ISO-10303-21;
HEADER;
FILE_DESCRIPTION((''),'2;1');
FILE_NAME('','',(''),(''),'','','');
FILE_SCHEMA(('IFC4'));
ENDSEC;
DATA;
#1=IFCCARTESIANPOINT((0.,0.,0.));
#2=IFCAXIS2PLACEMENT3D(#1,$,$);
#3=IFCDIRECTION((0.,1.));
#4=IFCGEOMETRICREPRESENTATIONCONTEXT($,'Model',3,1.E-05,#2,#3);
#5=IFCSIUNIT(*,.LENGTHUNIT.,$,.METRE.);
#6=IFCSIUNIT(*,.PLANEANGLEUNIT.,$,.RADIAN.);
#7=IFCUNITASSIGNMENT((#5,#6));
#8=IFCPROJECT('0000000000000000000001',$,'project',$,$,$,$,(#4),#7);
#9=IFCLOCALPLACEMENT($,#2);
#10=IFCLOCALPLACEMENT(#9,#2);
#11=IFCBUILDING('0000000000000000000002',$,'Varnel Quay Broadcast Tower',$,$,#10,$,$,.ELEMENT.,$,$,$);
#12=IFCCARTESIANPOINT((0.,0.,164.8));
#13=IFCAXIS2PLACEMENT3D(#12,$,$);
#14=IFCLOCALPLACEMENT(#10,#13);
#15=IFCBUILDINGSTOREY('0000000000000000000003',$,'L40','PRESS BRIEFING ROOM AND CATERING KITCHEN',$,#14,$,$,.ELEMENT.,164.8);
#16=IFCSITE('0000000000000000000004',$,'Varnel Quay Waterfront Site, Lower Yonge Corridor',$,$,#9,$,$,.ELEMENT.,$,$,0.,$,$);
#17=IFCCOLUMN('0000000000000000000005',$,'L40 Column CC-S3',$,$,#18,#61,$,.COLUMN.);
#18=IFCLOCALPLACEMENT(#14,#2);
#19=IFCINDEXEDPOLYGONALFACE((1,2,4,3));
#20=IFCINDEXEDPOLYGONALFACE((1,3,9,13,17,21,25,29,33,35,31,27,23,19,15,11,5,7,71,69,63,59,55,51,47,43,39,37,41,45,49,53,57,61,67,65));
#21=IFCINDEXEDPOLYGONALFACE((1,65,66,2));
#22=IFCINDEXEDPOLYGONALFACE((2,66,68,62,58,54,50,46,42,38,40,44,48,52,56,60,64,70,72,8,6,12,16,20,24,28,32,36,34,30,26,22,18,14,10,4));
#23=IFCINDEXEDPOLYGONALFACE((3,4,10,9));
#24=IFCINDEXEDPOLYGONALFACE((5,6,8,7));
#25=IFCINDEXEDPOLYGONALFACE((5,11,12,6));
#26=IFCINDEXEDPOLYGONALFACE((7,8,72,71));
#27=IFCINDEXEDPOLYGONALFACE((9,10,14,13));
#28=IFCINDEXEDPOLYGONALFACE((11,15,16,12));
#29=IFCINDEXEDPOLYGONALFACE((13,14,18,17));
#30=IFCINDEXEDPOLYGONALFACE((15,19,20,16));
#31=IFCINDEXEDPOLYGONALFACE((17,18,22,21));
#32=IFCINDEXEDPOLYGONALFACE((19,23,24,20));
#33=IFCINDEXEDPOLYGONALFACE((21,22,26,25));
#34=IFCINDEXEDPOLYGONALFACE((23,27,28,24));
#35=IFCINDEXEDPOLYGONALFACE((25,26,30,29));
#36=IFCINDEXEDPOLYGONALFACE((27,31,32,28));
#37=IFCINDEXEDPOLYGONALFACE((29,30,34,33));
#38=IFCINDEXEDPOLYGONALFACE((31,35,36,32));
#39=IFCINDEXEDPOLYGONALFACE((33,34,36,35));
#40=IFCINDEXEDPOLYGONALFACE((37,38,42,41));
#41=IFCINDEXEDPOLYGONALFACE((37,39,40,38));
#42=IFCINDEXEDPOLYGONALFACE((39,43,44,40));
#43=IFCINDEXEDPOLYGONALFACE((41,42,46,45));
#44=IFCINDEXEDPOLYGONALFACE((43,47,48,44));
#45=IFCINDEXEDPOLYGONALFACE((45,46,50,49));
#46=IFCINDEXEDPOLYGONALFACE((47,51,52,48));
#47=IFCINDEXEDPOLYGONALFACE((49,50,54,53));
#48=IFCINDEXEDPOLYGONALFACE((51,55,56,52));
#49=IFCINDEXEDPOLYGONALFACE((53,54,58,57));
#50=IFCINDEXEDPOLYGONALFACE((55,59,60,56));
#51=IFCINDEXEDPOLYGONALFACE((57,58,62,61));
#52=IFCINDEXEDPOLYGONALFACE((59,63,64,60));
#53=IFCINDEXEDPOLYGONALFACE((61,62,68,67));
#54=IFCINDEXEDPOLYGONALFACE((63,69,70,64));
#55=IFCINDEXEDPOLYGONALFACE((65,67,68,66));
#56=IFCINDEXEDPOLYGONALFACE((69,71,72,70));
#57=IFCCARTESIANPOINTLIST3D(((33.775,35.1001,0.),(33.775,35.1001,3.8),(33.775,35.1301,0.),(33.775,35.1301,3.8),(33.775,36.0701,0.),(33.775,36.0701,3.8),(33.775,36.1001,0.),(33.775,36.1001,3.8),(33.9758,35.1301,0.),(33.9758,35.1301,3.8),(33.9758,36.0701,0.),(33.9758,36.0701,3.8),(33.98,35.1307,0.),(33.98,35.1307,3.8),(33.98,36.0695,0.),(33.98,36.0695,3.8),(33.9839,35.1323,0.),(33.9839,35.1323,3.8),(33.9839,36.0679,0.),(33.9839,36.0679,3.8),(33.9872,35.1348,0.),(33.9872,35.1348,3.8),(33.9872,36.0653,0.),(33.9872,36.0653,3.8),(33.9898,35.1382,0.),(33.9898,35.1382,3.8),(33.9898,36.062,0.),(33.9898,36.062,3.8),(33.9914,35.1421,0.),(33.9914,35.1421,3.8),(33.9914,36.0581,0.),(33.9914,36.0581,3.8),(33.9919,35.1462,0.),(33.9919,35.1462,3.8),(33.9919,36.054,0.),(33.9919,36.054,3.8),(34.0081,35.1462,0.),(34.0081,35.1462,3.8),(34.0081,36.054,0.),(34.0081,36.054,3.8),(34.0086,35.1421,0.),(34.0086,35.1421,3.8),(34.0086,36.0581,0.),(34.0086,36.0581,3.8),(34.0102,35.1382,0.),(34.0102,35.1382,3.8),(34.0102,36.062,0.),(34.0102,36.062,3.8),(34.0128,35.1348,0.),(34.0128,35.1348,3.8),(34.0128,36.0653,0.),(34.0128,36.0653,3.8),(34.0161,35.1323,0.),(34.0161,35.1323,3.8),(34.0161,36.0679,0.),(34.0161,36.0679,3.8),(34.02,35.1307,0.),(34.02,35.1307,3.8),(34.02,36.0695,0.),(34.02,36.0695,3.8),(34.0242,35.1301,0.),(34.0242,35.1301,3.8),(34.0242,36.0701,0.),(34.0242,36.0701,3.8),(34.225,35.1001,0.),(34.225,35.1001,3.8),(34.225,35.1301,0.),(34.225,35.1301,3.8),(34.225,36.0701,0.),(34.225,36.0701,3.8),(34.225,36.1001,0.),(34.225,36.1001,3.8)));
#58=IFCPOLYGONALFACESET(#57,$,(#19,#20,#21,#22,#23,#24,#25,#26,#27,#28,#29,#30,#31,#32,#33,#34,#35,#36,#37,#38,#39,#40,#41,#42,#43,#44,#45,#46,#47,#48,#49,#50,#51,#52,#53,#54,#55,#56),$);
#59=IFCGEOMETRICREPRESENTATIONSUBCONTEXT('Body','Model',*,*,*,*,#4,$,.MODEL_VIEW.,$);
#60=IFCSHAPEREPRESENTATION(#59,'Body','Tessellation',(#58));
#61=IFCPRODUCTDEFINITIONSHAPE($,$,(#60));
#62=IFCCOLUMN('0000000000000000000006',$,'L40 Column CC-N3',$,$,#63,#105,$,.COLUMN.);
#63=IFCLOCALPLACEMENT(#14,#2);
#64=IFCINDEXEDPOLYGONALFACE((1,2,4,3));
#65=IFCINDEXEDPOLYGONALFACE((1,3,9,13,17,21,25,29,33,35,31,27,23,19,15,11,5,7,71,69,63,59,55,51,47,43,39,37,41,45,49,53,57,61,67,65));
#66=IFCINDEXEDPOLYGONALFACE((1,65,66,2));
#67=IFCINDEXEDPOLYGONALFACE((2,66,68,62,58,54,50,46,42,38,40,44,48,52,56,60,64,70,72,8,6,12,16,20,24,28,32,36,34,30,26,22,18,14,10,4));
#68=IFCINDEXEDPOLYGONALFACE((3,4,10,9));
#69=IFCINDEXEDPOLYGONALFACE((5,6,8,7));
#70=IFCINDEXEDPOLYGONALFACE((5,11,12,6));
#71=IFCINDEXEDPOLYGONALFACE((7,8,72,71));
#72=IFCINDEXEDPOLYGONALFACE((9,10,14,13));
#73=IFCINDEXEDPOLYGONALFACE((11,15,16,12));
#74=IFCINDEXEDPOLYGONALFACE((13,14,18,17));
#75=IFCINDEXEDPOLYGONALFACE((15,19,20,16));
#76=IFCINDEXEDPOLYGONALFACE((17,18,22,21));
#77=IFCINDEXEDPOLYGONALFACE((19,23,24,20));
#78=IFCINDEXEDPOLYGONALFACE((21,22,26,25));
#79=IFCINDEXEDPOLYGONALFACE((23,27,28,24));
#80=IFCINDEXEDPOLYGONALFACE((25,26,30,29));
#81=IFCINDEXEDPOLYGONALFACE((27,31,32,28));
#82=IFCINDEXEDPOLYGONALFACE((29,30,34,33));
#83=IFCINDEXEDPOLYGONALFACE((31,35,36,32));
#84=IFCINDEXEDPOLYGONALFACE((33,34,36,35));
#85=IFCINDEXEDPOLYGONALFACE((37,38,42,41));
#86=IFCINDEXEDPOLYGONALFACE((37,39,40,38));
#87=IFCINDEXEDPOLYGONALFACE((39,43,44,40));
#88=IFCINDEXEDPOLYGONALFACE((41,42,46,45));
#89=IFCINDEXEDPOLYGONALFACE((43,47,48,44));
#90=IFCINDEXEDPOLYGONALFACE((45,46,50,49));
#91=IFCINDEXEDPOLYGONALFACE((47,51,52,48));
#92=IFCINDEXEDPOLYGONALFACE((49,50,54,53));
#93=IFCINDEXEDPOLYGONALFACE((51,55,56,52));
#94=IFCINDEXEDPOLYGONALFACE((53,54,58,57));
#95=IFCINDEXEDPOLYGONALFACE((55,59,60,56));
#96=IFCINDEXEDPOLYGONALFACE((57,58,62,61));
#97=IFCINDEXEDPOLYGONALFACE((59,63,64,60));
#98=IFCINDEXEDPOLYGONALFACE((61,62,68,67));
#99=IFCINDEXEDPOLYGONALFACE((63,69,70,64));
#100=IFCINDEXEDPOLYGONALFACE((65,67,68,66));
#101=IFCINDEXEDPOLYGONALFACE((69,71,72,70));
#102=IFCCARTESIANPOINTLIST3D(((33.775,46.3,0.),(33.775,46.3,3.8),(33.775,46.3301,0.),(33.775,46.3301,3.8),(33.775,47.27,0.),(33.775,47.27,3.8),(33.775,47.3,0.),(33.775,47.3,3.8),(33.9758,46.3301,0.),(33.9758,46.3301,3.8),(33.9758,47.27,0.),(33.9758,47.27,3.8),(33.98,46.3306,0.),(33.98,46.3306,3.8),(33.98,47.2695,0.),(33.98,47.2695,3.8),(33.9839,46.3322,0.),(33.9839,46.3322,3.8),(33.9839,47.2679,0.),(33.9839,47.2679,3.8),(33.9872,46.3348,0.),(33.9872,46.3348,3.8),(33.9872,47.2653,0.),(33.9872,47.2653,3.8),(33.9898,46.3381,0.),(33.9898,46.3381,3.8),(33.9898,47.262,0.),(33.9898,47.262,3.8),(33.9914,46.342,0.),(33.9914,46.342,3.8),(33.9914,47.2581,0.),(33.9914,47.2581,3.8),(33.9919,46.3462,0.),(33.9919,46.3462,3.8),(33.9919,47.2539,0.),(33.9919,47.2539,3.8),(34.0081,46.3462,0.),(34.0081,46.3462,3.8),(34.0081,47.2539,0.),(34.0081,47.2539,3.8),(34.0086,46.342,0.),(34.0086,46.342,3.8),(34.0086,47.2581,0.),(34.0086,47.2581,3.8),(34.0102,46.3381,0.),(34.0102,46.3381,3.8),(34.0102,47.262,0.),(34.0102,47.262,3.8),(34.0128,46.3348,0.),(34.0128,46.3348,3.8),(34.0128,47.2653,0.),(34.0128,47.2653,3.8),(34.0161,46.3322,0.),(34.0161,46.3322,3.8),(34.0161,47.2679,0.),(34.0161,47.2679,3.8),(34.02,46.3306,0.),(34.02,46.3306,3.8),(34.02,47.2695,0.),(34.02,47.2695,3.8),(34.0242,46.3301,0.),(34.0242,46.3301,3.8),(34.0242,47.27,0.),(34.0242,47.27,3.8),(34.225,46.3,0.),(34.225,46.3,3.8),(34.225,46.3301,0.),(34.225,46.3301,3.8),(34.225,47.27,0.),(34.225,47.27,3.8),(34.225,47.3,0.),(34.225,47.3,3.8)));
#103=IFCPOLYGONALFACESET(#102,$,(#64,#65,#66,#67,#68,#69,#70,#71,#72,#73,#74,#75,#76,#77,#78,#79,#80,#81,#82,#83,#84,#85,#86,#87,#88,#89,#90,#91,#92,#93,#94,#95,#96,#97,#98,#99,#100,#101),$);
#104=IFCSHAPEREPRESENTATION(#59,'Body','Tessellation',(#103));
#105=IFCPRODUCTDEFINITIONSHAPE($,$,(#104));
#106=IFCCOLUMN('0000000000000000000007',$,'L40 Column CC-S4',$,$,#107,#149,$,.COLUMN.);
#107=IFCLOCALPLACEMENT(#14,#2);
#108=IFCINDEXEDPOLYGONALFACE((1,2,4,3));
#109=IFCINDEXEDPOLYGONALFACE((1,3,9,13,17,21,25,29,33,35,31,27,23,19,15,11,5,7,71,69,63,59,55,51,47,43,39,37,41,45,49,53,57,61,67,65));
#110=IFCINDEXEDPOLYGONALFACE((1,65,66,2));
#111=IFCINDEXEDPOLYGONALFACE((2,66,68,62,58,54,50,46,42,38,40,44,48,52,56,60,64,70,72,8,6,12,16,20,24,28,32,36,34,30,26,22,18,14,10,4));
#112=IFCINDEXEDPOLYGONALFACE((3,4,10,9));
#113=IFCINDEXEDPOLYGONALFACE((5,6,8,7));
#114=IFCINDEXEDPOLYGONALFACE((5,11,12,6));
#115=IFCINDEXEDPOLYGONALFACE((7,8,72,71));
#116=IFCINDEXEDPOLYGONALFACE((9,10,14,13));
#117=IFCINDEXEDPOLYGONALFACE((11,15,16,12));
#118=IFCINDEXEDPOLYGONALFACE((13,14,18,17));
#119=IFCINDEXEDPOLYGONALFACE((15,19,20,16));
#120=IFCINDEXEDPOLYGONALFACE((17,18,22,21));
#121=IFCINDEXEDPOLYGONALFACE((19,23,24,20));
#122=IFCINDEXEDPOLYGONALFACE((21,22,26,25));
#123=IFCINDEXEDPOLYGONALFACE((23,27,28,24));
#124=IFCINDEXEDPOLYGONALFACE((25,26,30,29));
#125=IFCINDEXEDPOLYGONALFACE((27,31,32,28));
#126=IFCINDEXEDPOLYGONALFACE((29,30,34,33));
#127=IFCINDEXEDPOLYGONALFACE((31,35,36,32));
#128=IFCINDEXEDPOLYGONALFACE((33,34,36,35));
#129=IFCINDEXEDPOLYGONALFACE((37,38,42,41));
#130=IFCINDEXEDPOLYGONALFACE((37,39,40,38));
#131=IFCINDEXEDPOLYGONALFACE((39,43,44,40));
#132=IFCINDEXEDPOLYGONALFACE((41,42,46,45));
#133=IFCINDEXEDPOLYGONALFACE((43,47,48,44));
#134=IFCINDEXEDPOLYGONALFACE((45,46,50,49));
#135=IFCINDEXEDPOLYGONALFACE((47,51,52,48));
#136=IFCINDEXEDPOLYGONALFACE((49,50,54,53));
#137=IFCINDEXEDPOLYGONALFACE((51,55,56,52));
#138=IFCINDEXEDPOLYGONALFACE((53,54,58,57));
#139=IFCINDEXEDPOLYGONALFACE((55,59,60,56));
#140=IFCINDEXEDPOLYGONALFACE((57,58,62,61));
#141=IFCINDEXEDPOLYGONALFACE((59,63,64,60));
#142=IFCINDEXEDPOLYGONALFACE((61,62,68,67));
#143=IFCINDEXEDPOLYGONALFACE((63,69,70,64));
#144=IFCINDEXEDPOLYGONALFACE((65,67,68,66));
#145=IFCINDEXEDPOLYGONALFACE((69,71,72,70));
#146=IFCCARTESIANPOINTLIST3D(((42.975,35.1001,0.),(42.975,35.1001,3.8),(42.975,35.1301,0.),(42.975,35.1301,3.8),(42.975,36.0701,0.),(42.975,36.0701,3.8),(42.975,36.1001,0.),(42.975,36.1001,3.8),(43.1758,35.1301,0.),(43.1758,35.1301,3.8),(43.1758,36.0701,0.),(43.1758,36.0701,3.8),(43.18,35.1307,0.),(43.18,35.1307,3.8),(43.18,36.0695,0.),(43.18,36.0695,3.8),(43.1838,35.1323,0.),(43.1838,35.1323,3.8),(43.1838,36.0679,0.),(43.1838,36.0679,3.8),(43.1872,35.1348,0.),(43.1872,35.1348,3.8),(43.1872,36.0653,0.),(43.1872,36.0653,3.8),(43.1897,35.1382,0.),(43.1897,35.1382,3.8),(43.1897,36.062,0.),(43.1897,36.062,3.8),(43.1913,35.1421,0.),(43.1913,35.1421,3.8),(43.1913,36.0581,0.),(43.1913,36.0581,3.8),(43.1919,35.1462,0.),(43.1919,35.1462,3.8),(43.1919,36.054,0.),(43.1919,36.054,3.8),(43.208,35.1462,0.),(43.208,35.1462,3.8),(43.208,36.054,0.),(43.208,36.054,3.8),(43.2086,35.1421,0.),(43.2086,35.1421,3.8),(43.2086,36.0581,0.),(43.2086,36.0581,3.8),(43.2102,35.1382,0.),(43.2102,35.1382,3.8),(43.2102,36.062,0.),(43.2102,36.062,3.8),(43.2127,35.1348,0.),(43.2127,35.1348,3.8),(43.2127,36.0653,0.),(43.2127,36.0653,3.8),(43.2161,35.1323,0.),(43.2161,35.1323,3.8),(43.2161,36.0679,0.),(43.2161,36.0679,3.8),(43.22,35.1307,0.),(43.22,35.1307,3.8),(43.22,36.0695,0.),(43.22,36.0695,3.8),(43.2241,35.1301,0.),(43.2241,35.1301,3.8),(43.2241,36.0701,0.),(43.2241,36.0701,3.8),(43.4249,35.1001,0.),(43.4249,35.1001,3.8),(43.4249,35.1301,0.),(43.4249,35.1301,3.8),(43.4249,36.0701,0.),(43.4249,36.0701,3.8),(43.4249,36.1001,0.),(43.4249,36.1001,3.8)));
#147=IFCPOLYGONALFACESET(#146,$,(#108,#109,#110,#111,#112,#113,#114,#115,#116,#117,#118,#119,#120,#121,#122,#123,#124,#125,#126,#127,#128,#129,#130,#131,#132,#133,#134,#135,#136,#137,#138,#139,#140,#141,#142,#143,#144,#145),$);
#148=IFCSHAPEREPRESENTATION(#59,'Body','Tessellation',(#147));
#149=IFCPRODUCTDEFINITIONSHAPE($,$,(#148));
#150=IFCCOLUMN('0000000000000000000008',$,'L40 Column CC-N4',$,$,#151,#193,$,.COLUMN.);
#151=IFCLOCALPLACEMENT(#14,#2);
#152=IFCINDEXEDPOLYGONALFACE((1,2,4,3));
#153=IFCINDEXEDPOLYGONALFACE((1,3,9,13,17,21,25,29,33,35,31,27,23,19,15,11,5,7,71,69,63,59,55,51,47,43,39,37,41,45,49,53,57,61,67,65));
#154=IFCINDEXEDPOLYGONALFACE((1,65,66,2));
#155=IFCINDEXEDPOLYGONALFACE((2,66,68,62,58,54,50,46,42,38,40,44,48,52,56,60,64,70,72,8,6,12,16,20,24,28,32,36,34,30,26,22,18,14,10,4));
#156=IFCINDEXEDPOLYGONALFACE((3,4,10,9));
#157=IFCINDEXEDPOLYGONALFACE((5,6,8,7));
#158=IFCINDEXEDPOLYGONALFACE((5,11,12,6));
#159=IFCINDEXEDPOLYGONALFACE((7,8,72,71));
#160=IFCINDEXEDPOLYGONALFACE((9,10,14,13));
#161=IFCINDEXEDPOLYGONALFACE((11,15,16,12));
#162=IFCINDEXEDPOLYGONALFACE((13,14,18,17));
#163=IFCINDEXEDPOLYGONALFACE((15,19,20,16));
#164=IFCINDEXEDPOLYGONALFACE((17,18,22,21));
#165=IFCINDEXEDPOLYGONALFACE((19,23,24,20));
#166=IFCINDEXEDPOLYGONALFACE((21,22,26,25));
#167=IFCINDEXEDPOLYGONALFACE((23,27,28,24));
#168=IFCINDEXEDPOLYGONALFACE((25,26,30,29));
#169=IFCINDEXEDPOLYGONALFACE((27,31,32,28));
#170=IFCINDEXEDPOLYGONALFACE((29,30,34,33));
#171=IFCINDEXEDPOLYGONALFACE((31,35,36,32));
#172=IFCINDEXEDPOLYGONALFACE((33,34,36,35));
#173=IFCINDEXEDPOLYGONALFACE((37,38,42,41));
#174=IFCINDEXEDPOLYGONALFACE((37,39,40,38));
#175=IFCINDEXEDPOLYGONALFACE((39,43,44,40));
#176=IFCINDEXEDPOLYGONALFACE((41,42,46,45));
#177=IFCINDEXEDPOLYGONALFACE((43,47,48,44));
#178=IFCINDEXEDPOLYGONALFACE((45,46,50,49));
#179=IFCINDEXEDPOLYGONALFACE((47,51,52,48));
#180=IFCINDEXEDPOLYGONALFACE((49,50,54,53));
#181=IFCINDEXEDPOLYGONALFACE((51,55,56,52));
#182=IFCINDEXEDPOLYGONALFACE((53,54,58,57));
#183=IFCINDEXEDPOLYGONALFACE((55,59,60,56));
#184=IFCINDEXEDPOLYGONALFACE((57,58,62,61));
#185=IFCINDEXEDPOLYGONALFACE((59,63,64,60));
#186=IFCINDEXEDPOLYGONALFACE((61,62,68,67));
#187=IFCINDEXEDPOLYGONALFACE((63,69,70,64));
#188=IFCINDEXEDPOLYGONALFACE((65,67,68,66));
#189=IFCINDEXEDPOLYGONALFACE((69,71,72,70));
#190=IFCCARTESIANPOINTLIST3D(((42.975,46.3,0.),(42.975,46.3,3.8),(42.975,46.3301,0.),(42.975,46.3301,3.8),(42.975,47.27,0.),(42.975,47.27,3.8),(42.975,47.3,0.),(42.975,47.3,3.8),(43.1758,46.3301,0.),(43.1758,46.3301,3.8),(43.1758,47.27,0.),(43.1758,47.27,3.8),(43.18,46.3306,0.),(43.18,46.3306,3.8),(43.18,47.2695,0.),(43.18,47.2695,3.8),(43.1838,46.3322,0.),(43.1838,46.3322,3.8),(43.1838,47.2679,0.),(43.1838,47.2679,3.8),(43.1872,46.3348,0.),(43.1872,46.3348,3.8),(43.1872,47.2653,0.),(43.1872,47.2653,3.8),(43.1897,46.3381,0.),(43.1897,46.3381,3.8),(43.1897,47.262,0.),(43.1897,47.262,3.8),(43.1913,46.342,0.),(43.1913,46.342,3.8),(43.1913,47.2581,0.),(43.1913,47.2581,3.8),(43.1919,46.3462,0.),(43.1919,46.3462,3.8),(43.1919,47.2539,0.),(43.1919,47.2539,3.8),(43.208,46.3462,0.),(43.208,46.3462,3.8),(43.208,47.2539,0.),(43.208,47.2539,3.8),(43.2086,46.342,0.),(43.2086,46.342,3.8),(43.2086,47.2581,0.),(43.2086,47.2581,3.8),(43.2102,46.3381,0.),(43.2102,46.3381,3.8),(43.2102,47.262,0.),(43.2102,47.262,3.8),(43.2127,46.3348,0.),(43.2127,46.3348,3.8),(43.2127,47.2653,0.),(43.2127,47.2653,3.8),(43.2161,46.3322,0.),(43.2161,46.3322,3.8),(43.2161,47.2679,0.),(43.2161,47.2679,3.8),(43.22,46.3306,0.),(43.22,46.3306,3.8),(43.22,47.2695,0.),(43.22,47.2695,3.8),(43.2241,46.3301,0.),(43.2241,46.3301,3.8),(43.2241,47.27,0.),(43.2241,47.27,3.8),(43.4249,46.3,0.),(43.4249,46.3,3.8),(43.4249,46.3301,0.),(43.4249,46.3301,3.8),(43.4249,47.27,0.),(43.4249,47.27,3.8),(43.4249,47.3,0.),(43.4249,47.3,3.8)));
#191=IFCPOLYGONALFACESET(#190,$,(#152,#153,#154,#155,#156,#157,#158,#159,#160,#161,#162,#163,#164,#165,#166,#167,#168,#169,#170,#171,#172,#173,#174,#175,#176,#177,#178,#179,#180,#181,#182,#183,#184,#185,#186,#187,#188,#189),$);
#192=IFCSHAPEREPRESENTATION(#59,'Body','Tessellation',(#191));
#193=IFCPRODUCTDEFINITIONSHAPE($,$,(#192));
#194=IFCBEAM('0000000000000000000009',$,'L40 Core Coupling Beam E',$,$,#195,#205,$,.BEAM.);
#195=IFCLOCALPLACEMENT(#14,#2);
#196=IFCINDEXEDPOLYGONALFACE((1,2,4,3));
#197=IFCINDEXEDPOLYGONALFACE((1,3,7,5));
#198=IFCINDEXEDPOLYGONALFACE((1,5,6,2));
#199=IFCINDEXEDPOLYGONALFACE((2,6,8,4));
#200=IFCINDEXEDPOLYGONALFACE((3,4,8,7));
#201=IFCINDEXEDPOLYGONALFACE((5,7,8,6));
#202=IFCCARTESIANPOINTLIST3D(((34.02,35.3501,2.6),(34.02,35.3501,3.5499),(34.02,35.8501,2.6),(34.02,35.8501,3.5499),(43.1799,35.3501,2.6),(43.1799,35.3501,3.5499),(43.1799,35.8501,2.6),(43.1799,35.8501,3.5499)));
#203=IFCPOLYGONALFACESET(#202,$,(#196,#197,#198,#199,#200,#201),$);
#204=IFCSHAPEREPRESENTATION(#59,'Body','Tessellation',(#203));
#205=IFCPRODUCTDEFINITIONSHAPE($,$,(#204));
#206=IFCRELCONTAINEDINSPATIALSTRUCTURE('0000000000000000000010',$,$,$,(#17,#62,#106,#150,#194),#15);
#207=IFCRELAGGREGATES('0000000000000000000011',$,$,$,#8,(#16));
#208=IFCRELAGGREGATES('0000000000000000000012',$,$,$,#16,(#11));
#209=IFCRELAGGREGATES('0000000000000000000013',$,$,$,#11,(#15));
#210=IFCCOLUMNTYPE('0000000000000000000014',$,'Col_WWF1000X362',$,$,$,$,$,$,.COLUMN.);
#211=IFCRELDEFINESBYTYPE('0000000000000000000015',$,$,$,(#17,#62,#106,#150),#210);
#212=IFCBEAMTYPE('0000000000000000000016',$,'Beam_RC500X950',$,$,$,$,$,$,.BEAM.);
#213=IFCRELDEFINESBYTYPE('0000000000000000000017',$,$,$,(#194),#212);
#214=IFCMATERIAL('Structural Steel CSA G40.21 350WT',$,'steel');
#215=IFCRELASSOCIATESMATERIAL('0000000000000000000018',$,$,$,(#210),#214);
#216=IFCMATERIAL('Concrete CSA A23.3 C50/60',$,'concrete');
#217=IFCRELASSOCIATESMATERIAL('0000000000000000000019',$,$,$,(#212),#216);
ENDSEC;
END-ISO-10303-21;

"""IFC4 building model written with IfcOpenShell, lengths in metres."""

from ifc_helpers import new_model, si_unit, direction, frame, origin, origin_2d, place, context, subcontext, project, spatial, rectangle, i_section, extrude, source, transform, mapped, material, material_profile, profile_set, type_object, type_shapes, element, save


model = new_model("IFC4")

# Units and contexts
model_context = context("Model", 3, precision=1e-05, world=origin(), true_north=direction((0.0, 1.0)))
body_context = subcontext(model_context, "Body", "Model", "MODEL_VIEW")
ifc_project = project(units=[si_unit("LENGTHUNIT", "METRE"), si_unit("PLANEANGLEUNIT", "RADIAN")], contexts=[model_context])

# Site, building, storey
site_placement = place(None, origin())
site = spatial("IfcSite", under=ifc_project, at=site_placement, Name="Varnel Quay Waterfront Site, Lower Yonge Corridor", CompositionType="ELEMENT", RefElevation=0.0)
building_placement = place(site_placement, origin())
building = spatial("IfcBuilding", under=site, at=building_placement, Name="Varnel Quay Broadcast Tower", CompositionType="ELEMENT")
storey_placement = place(building_placement, frame((0.0, 0.0, 164.8)))
storey = spatial("IfcBuildingStorey", under=building, at=storey_placement, Name="L40", Description="PRESS BRIEFING ROOM AND CATERING KITCHEN", CompositionType="ELEMENT", Elevation=164.8)

# Columns
ifc_material_1 = material(Name="Structural Steel CSA G40.21 350WT", Category="steel")
ifc_material_profile_1 = material_profile(ifc_material_1, i_section(OverallWidth=0.45, OverallDepth=1.0, WebThickness=0.0161, FlangeThickness=0.03, FilletRadius=0.0161, at=origin_2d()), Name="WWF1000X362")
ifc_profile_set_1 = profile_set([ifc_material_profile_1], Name="Structural Steel CSA G40.21 350WT")
column_type = type_object("IfcColumnType", Name="Col_WWF1000X362", PredefinedType="COLUMN", material=ifc_profile_set_1)
shared_shape_1 = source(origin(), body_context, "Body", "SweptSolid", [
    extrude(i_section(OverallWidth=0.45, OverallDepth=1.0, WebThickness=0.0161, FlangeThickness=0.03, FilletRadius=0.0161, at=origin_2d()), origin(), (0.0, 0.0, 1.0), 3.8),
])
type_shapes(column_type, [shared_shape_1])
for number, where, z_axis, x_axis, name in (
    (1, (34.0, 35.6001, 0.0), (0.0, 0.0, 1.0), (1.0, 0.0, 0.0), "L40 Column CC-S3"),
    (2, (34.0, 46.8, 0.0), (0.0, 0.0, 1.0), (1.0, 0.0, 0.0), "L40 Column CC-N3"),
    (3, (43.2, 35.6001, 0.0), (0.0, 0.0, 1.0), (1.0, 0.0, 0.0), "L40 Column CC-S4"),
    (4, (43.2, 46.8, 0.0), (0.0, 0.0, 1.0), (1.0, 0.0, 0.0), "L40 Column CC-N4"),
):
    element("IfcColumn", number, at=place(storey_placement, frame(where, z_axis=z_axis, x_axis=x_axis)), inside=storey, type_object=column_type, Name=name, PredefinedType="COLUMN", context=body_context, shape_type="MappedRepresentation", body=[
        mapped(shared_shape_1, transform((0.0, 0.0, 0.0), x_axis=(1.0, 0.0, 0.0), y_axis=(0.0, 1.0, 0.0), z_axis=(0.0, 0.0, 1.0), scale=1.0)),
    ])

# Beam
ifc_material_2 = material(Name="Concrete CSA A23.3 C50/60", Category="concrete")
ifc_material_profile_2 = material_profile(ifc_material_2, rectangle(XDim=0.5, YDim=0.95, at=origin_2d()), Name="RC500X950")
ifc_profile_set_2 = profile_set([ifc_material_profile_2], Name="Concrete CSA A23.3 C50/60")
beam_type_1 = type_object("IfcBeamType", Name="Beam_RC500X950", PredefinedType="BEAM", material=ifc_profile_set_2)
shared_shape_2 = source(origin(), body_context, "Body", "SweptSolid", [
    extrude(rectangle(XDim=0.5, YDim=0.95, at=origin_2d()), origin(), (0.0, 0.0, 1.0), 9.1599),
])
type_shapes(beam_type_1, [shared_shape_2])
beam_1_placement = place(storey_placement, frame((34.02, 35.6001, 3.075), z_axis=(1.0, 0.0, 0.0), x_axis=(0.0, 1.0, 0.0)))
element("IfcBeam", 5, at=beam_1_placement, inside=storey, type_object=beam_type_1, Name="L40 Core Coupling Beam E", PredefinedType="BEAM", context=body_context, shape_type="MappedRepresentation", body=[
    mapped(shared_shape_2, transform((0.0, 0.0, 0.0), x_axis=(1.0, 0.0, 0.0), y_axis=(0.0, 1.0, 0.0), z_axis=(0.0, 0.0, 1.0), scale=1.0)),
])

save(model, "model.ifc")
